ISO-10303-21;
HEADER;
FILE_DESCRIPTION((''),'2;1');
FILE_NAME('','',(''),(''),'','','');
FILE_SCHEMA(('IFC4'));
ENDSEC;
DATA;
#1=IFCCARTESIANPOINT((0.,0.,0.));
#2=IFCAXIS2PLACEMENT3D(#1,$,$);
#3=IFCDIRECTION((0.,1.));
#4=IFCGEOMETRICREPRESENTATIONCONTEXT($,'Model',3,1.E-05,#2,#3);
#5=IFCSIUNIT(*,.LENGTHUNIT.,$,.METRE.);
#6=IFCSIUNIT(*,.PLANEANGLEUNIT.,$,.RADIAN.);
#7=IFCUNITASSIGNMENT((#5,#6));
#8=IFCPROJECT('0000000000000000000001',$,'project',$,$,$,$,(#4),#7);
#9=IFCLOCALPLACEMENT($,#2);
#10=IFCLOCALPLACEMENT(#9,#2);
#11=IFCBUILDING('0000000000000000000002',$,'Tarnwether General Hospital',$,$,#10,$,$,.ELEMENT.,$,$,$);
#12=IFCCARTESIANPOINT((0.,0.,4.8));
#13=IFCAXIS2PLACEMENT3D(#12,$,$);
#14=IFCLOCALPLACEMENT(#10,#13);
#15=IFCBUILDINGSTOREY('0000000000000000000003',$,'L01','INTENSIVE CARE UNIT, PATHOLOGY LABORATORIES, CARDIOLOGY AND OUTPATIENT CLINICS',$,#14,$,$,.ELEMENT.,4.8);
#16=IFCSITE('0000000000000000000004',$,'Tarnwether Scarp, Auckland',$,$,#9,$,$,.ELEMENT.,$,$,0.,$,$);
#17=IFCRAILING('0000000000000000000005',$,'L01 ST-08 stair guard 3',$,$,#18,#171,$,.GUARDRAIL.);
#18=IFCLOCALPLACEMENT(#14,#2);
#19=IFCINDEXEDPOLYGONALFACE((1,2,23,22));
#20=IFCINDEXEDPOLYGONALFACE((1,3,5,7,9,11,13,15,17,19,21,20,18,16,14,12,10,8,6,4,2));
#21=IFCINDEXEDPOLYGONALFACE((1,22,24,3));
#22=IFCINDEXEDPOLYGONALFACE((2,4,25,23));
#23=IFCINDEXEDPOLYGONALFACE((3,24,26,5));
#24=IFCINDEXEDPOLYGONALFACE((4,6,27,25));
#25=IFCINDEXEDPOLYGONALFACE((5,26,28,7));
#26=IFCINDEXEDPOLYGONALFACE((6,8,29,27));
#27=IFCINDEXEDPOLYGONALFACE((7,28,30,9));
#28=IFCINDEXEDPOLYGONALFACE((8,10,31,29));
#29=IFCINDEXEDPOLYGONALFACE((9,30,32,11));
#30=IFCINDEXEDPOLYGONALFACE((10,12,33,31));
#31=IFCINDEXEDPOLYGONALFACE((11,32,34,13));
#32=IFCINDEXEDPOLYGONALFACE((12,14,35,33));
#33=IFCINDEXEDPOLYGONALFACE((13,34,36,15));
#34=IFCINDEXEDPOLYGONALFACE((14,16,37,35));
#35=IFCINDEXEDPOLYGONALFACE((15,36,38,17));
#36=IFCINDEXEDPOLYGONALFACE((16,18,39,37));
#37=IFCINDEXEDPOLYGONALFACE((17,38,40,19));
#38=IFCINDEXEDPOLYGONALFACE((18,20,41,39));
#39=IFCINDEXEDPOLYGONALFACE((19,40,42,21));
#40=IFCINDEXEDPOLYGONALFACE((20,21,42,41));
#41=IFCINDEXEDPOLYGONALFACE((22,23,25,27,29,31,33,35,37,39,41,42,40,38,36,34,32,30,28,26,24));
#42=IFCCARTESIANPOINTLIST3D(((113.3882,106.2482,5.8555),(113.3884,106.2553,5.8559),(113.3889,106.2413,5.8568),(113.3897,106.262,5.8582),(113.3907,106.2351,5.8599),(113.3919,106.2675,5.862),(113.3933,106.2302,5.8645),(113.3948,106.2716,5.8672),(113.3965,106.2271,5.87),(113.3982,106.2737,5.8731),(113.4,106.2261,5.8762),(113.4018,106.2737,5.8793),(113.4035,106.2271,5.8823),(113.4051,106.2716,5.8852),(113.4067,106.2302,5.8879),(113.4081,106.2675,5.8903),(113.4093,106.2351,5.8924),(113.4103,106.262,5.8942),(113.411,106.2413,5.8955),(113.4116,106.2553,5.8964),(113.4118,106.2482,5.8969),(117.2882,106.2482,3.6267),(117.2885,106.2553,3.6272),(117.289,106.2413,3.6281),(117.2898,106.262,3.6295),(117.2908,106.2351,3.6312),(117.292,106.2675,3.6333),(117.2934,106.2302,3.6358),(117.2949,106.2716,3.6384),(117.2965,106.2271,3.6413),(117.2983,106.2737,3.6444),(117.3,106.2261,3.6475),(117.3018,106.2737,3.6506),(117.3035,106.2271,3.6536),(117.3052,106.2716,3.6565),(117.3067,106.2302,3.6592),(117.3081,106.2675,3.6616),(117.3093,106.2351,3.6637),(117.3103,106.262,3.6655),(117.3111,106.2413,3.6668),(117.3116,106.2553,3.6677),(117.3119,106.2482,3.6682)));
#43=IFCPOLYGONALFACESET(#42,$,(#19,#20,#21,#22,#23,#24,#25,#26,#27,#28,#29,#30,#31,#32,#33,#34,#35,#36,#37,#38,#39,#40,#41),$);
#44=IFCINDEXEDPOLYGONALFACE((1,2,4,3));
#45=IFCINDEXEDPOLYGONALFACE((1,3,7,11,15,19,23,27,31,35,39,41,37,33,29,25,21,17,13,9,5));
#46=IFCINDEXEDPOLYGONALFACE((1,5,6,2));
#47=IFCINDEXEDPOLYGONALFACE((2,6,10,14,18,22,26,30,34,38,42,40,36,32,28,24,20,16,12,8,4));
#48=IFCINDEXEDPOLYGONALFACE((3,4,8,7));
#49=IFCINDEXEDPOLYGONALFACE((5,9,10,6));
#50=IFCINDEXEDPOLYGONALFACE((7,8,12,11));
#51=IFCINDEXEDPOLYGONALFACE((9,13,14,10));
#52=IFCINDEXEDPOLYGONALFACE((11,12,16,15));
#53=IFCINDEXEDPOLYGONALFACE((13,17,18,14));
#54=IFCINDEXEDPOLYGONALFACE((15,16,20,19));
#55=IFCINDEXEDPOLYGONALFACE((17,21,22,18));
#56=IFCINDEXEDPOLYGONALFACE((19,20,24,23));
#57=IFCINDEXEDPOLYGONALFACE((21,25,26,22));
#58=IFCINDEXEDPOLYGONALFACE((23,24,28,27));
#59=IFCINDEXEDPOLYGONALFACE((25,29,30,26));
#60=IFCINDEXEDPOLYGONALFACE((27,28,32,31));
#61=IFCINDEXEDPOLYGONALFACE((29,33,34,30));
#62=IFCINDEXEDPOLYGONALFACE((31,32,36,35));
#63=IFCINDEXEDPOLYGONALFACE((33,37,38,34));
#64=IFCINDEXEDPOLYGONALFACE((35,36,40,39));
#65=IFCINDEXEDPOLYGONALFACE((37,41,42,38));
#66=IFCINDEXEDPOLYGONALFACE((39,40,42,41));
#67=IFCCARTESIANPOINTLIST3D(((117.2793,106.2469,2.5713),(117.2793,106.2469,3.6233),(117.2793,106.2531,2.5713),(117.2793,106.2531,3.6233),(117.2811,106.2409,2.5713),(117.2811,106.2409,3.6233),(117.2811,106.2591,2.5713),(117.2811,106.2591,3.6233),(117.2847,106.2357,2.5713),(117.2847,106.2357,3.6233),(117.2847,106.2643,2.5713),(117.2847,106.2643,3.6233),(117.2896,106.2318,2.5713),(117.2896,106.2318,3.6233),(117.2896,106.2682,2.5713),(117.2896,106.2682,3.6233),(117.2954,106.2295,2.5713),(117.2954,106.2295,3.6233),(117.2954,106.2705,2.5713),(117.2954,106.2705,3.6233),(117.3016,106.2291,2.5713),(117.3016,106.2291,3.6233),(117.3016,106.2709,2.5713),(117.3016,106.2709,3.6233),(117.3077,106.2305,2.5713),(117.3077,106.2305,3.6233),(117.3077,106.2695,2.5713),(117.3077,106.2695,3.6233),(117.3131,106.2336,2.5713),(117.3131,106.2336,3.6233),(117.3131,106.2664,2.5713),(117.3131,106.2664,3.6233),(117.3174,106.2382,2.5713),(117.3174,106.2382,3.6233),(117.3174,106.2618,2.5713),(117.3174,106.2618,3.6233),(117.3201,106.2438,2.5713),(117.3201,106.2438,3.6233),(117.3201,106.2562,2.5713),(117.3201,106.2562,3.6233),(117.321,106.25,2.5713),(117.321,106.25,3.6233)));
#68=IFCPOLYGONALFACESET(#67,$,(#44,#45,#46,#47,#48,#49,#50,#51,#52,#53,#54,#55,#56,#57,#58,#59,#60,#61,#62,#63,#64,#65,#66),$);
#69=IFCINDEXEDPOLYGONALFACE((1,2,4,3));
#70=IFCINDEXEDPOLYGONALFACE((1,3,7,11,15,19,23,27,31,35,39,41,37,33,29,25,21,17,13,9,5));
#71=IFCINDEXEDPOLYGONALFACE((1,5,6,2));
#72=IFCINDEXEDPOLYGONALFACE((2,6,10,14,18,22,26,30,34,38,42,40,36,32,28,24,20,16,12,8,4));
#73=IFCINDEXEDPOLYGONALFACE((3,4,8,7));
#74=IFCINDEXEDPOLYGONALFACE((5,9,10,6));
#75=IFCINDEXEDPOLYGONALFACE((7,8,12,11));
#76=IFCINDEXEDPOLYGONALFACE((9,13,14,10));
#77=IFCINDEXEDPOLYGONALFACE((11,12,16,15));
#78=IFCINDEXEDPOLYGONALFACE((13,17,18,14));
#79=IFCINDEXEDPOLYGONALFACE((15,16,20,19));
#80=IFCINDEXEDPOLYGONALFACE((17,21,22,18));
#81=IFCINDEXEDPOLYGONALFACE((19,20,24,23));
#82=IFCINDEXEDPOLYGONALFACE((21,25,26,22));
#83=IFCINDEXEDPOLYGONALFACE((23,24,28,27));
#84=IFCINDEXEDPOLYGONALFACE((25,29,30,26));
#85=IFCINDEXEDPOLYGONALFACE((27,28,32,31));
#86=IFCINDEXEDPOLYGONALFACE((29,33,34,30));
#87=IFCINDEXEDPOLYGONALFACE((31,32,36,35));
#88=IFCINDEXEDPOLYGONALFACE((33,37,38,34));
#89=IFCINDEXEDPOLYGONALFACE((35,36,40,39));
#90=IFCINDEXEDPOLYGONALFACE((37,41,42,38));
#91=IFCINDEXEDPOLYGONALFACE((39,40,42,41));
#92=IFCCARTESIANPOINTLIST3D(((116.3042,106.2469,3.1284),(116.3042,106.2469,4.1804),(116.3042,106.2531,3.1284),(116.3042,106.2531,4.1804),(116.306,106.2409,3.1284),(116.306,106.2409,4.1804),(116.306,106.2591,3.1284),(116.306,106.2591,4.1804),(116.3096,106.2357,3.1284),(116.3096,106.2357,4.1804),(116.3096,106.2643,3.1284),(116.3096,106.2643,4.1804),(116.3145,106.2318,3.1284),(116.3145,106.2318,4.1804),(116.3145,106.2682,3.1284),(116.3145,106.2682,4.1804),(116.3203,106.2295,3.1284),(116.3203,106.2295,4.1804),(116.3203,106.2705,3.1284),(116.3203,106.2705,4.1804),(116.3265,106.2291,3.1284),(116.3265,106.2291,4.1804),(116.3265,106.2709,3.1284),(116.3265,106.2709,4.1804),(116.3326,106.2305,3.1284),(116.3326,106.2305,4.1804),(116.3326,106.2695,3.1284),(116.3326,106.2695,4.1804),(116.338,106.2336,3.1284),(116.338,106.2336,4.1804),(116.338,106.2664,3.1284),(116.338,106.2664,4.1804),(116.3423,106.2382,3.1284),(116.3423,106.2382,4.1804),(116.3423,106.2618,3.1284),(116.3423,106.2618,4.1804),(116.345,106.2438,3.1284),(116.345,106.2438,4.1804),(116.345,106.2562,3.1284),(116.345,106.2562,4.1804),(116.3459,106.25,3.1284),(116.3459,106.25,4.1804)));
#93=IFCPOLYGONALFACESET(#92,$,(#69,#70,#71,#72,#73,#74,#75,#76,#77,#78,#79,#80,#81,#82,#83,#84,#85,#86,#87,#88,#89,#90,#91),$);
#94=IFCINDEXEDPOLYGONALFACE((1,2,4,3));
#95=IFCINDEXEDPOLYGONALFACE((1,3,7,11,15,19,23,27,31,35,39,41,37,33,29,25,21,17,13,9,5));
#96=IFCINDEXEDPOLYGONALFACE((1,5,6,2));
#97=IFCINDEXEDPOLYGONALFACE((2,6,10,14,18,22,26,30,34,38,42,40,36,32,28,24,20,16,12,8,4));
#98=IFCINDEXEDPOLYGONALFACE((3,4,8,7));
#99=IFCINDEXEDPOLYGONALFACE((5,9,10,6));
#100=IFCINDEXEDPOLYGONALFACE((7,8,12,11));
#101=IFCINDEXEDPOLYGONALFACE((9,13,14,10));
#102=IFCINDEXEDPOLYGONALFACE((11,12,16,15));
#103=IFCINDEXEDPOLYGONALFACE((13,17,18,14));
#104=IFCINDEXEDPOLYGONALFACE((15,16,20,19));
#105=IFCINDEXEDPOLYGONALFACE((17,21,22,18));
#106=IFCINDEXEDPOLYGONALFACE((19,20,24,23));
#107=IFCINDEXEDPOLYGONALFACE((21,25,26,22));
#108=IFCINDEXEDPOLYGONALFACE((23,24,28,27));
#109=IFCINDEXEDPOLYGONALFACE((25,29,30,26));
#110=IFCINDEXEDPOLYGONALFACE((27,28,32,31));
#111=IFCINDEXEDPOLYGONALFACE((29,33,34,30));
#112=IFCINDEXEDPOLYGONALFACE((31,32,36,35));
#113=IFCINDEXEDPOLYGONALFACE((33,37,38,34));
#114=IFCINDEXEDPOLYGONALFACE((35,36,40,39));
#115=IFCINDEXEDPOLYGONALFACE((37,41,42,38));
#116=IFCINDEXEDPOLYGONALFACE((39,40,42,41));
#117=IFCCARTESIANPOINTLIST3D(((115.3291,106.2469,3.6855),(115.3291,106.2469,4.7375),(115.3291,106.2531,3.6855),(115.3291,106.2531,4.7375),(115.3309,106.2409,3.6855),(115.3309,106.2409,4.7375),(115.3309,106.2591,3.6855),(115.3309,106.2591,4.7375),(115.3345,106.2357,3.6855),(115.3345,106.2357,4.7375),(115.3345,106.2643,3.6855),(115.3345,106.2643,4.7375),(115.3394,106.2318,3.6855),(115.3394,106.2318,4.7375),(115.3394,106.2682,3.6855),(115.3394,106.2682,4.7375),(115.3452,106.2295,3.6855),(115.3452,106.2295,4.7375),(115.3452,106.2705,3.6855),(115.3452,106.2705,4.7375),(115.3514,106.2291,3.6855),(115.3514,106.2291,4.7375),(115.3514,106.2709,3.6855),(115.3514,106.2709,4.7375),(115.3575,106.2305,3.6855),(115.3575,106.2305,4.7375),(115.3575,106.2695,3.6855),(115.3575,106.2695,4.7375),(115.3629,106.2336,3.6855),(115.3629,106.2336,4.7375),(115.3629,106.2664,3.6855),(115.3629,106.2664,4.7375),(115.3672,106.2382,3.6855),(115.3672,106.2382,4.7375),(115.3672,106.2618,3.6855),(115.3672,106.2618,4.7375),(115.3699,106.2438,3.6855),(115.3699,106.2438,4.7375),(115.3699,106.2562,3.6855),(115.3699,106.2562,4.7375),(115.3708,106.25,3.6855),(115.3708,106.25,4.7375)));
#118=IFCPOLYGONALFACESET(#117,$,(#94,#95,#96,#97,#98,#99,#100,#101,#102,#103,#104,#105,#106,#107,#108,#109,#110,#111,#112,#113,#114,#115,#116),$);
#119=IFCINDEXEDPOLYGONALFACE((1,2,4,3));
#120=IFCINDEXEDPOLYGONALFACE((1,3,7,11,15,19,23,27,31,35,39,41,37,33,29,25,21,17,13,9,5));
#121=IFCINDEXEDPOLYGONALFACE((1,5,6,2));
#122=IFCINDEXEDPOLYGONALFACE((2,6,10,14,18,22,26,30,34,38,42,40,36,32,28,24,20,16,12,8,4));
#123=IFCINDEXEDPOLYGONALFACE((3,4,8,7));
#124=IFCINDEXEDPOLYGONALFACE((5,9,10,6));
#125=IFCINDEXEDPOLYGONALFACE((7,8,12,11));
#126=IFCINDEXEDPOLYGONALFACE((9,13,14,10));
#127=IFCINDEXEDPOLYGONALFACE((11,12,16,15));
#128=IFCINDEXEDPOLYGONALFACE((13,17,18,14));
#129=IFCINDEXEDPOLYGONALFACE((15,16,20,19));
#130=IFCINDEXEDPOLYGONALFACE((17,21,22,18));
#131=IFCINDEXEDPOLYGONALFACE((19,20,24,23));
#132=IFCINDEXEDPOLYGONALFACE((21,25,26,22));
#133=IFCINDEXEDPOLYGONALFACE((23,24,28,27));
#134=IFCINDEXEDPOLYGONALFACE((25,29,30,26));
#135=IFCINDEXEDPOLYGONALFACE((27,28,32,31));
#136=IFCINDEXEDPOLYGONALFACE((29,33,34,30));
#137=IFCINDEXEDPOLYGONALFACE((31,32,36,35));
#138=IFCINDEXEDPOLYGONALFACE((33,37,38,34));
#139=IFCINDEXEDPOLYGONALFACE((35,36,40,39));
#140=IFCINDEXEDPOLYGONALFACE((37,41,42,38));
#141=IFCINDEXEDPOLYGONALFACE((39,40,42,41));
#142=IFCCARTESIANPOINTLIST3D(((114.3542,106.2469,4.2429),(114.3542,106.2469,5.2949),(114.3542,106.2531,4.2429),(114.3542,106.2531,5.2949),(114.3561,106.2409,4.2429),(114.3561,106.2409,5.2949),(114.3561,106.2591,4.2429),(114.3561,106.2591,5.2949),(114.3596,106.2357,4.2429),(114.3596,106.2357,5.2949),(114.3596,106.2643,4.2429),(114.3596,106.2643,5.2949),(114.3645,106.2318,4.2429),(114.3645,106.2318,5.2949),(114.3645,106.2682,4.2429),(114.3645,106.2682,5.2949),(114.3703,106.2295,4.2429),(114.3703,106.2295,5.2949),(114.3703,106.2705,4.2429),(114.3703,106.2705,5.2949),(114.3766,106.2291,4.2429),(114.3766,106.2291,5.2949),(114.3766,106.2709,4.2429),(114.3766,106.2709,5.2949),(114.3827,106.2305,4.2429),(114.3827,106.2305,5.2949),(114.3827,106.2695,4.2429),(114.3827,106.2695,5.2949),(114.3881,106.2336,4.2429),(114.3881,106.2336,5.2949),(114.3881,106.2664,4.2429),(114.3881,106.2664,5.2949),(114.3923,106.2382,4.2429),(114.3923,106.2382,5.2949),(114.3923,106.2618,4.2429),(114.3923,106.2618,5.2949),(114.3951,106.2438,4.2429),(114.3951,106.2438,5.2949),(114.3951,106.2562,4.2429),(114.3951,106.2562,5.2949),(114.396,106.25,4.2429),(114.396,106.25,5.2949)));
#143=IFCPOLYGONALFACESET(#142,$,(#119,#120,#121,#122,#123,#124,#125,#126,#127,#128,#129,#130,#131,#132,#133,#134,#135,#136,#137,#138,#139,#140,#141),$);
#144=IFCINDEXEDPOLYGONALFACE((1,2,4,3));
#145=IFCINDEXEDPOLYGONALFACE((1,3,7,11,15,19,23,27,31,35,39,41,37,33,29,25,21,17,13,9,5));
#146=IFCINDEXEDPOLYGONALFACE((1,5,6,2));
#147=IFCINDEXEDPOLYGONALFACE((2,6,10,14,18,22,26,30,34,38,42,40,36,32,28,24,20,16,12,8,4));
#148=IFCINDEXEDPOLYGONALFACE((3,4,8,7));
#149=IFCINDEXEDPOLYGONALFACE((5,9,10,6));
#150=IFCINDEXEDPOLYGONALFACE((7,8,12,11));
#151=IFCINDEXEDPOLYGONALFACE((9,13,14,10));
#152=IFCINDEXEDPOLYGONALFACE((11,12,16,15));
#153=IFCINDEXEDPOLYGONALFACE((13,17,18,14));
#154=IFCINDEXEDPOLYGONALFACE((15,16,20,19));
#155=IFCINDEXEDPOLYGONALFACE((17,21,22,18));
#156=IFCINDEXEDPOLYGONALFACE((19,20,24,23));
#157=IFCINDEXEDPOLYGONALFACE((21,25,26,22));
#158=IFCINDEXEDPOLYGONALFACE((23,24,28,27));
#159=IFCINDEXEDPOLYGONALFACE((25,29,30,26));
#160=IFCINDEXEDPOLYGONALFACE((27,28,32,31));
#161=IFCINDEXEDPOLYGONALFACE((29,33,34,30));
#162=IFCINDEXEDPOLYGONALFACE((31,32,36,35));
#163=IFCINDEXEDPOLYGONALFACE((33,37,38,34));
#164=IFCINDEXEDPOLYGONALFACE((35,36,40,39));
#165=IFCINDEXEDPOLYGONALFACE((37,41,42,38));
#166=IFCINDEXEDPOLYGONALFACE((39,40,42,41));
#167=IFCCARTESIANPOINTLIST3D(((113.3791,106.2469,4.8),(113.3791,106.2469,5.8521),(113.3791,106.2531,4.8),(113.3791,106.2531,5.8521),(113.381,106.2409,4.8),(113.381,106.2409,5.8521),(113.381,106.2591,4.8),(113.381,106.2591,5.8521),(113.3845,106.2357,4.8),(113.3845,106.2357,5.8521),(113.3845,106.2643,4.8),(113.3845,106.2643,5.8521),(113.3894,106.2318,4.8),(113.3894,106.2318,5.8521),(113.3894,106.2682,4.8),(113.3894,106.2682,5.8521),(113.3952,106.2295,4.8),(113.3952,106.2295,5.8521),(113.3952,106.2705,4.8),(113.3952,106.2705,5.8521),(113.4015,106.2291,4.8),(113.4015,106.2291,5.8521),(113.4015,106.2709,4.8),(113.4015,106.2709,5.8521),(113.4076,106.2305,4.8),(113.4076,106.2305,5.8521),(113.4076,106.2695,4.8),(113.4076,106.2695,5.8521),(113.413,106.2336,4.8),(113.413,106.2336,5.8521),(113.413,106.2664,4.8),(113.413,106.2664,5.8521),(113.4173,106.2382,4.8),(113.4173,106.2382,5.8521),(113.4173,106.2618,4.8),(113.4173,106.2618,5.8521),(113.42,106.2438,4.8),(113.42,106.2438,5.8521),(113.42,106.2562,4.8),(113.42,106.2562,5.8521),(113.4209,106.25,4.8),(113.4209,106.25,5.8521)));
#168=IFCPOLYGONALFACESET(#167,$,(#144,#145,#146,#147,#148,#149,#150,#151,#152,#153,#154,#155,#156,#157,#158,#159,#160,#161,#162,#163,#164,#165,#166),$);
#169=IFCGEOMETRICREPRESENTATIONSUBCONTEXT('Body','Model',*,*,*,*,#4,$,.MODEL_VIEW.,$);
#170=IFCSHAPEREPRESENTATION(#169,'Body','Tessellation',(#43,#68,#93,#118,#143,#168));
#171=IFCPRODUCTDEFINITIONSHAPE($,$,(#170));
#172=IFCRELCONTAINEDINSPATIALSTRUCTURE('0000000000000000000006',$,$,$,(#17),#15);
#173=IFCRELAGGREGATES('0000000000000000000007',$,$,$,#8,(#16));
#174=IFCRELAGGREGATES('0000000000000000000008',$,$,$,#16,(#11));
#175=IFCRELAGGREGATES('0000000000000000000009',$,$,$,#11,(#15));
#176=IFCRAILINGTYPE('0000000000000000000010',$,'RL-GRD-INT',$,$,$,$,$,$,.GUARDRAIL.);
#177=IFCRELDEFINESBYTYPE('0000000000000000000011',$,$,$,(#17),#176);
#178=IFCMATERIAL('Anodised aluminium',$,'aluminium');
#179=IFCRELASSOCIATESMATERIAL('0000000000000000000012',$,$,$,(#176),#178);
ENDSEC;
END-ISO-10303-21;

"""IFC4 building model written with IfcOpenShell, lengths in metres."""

from ifc_helpers import new_model, si_unit, direction, frame, origin, origin_2d, place, context, subcontext, project, spatial, circle, extrude, material, type_object, element, save


model = new_model("IFC4")

# Units and contexts
model_context = context("Model", 3, precision=1e-05, world=origin(), true_north=direction((0.0, 1.0)))
body_context = subcontext(model_context, "Body", "Model", "MODEL_VIEW")
ifc_project = project(units=[si_unit("LENGTHUNIT", "METRE"), si_unit("PLANEANGLEUNIT", "RADIAN")], contexts=[model_context])

# Site, building, storey
site_placement = place(None, origin())
site = spatial("IfcSite", under=ifc_project, at=site_placement, Name="Tarnwether Scarp, Auckland", CompositionType="ELEMENT", RefElevation=0.0)
building_placement = place(site_placement, origin())
building = spatial("IfcBuilding", under=site, at=building_placement, Name="Tarnwether General Hospital", CompositionType="ELEMENT")
storey_placement = place(building_placement, frame((0.0, 0.0, 4.8)))
storey = spatial("IfcBuildingStorey", under=building, at=storey_placement, Name="L01", Description="INTENSIVE CARE UNIT, PATHOLOGY LABORATORIES, CARDIOLOGY AND OUTPATIENT CLINICS", CompositionType="ELEMENT", Elevation=4.8)

# Railing
ifc_material_1 = material(Name="Anodised aluminium", Category="aluminium")
railing_type_1 = type_object("IfcRailingType", Name="RL-GRD-INT", PredefinedType="GUARDRAIL", material=ifc_material_1)
railing_1_placement = place(storey_placement, frame((117.3, 106.25, 2.5713)))
element("IfcRailing", 1, at=railing_1_placement, inside=storey, type_object=railing_type_1, Name="L01 ST-08 stair guard 3", PredefinedType="GUARDRAIL", context=body_context, shape_type="SweptSolid", body=[
    extrude(circle(Radius=0.0239, at=origin_2d()), frame((0.0, 0.0, 1.0762), z_axis=(-0.868233, 0.0, 0.496156), x_axis=(0.0, -1.0, 0.0)), (0.0, 0.0, 1.0), 4.4919),
    extrude(circle(Radius=0.021, at=origin_2d()), origin(), (0.0, 0.0, 1.0), 1.052),
    extrude(circle(Radius=0.021, at=origin_2d()), frame((-0.9751, 0.0, 0.5571)), (0.0, 0.0, 1.0), 1.052),
    extrude(circle(Radius=0.021, at=origin_2d()), frame((-1.9502, 0.0, 1.1143)), (0.0, 0.0, 1.0), 1.052),
    extrude(circle(Radius=0.021, at=origin_2d()), frame((-2.925, 0.0, 1.6716)), (0.0, 0.0, 1.0), 1.052),
    extrude(circle(Radius=0.021, at=origin_2d()), frame((-3.9001, 0.0, 2.2288)), (0.0, 0.0, 1.0), 1.052),
])

save(model, "model.ifc")
